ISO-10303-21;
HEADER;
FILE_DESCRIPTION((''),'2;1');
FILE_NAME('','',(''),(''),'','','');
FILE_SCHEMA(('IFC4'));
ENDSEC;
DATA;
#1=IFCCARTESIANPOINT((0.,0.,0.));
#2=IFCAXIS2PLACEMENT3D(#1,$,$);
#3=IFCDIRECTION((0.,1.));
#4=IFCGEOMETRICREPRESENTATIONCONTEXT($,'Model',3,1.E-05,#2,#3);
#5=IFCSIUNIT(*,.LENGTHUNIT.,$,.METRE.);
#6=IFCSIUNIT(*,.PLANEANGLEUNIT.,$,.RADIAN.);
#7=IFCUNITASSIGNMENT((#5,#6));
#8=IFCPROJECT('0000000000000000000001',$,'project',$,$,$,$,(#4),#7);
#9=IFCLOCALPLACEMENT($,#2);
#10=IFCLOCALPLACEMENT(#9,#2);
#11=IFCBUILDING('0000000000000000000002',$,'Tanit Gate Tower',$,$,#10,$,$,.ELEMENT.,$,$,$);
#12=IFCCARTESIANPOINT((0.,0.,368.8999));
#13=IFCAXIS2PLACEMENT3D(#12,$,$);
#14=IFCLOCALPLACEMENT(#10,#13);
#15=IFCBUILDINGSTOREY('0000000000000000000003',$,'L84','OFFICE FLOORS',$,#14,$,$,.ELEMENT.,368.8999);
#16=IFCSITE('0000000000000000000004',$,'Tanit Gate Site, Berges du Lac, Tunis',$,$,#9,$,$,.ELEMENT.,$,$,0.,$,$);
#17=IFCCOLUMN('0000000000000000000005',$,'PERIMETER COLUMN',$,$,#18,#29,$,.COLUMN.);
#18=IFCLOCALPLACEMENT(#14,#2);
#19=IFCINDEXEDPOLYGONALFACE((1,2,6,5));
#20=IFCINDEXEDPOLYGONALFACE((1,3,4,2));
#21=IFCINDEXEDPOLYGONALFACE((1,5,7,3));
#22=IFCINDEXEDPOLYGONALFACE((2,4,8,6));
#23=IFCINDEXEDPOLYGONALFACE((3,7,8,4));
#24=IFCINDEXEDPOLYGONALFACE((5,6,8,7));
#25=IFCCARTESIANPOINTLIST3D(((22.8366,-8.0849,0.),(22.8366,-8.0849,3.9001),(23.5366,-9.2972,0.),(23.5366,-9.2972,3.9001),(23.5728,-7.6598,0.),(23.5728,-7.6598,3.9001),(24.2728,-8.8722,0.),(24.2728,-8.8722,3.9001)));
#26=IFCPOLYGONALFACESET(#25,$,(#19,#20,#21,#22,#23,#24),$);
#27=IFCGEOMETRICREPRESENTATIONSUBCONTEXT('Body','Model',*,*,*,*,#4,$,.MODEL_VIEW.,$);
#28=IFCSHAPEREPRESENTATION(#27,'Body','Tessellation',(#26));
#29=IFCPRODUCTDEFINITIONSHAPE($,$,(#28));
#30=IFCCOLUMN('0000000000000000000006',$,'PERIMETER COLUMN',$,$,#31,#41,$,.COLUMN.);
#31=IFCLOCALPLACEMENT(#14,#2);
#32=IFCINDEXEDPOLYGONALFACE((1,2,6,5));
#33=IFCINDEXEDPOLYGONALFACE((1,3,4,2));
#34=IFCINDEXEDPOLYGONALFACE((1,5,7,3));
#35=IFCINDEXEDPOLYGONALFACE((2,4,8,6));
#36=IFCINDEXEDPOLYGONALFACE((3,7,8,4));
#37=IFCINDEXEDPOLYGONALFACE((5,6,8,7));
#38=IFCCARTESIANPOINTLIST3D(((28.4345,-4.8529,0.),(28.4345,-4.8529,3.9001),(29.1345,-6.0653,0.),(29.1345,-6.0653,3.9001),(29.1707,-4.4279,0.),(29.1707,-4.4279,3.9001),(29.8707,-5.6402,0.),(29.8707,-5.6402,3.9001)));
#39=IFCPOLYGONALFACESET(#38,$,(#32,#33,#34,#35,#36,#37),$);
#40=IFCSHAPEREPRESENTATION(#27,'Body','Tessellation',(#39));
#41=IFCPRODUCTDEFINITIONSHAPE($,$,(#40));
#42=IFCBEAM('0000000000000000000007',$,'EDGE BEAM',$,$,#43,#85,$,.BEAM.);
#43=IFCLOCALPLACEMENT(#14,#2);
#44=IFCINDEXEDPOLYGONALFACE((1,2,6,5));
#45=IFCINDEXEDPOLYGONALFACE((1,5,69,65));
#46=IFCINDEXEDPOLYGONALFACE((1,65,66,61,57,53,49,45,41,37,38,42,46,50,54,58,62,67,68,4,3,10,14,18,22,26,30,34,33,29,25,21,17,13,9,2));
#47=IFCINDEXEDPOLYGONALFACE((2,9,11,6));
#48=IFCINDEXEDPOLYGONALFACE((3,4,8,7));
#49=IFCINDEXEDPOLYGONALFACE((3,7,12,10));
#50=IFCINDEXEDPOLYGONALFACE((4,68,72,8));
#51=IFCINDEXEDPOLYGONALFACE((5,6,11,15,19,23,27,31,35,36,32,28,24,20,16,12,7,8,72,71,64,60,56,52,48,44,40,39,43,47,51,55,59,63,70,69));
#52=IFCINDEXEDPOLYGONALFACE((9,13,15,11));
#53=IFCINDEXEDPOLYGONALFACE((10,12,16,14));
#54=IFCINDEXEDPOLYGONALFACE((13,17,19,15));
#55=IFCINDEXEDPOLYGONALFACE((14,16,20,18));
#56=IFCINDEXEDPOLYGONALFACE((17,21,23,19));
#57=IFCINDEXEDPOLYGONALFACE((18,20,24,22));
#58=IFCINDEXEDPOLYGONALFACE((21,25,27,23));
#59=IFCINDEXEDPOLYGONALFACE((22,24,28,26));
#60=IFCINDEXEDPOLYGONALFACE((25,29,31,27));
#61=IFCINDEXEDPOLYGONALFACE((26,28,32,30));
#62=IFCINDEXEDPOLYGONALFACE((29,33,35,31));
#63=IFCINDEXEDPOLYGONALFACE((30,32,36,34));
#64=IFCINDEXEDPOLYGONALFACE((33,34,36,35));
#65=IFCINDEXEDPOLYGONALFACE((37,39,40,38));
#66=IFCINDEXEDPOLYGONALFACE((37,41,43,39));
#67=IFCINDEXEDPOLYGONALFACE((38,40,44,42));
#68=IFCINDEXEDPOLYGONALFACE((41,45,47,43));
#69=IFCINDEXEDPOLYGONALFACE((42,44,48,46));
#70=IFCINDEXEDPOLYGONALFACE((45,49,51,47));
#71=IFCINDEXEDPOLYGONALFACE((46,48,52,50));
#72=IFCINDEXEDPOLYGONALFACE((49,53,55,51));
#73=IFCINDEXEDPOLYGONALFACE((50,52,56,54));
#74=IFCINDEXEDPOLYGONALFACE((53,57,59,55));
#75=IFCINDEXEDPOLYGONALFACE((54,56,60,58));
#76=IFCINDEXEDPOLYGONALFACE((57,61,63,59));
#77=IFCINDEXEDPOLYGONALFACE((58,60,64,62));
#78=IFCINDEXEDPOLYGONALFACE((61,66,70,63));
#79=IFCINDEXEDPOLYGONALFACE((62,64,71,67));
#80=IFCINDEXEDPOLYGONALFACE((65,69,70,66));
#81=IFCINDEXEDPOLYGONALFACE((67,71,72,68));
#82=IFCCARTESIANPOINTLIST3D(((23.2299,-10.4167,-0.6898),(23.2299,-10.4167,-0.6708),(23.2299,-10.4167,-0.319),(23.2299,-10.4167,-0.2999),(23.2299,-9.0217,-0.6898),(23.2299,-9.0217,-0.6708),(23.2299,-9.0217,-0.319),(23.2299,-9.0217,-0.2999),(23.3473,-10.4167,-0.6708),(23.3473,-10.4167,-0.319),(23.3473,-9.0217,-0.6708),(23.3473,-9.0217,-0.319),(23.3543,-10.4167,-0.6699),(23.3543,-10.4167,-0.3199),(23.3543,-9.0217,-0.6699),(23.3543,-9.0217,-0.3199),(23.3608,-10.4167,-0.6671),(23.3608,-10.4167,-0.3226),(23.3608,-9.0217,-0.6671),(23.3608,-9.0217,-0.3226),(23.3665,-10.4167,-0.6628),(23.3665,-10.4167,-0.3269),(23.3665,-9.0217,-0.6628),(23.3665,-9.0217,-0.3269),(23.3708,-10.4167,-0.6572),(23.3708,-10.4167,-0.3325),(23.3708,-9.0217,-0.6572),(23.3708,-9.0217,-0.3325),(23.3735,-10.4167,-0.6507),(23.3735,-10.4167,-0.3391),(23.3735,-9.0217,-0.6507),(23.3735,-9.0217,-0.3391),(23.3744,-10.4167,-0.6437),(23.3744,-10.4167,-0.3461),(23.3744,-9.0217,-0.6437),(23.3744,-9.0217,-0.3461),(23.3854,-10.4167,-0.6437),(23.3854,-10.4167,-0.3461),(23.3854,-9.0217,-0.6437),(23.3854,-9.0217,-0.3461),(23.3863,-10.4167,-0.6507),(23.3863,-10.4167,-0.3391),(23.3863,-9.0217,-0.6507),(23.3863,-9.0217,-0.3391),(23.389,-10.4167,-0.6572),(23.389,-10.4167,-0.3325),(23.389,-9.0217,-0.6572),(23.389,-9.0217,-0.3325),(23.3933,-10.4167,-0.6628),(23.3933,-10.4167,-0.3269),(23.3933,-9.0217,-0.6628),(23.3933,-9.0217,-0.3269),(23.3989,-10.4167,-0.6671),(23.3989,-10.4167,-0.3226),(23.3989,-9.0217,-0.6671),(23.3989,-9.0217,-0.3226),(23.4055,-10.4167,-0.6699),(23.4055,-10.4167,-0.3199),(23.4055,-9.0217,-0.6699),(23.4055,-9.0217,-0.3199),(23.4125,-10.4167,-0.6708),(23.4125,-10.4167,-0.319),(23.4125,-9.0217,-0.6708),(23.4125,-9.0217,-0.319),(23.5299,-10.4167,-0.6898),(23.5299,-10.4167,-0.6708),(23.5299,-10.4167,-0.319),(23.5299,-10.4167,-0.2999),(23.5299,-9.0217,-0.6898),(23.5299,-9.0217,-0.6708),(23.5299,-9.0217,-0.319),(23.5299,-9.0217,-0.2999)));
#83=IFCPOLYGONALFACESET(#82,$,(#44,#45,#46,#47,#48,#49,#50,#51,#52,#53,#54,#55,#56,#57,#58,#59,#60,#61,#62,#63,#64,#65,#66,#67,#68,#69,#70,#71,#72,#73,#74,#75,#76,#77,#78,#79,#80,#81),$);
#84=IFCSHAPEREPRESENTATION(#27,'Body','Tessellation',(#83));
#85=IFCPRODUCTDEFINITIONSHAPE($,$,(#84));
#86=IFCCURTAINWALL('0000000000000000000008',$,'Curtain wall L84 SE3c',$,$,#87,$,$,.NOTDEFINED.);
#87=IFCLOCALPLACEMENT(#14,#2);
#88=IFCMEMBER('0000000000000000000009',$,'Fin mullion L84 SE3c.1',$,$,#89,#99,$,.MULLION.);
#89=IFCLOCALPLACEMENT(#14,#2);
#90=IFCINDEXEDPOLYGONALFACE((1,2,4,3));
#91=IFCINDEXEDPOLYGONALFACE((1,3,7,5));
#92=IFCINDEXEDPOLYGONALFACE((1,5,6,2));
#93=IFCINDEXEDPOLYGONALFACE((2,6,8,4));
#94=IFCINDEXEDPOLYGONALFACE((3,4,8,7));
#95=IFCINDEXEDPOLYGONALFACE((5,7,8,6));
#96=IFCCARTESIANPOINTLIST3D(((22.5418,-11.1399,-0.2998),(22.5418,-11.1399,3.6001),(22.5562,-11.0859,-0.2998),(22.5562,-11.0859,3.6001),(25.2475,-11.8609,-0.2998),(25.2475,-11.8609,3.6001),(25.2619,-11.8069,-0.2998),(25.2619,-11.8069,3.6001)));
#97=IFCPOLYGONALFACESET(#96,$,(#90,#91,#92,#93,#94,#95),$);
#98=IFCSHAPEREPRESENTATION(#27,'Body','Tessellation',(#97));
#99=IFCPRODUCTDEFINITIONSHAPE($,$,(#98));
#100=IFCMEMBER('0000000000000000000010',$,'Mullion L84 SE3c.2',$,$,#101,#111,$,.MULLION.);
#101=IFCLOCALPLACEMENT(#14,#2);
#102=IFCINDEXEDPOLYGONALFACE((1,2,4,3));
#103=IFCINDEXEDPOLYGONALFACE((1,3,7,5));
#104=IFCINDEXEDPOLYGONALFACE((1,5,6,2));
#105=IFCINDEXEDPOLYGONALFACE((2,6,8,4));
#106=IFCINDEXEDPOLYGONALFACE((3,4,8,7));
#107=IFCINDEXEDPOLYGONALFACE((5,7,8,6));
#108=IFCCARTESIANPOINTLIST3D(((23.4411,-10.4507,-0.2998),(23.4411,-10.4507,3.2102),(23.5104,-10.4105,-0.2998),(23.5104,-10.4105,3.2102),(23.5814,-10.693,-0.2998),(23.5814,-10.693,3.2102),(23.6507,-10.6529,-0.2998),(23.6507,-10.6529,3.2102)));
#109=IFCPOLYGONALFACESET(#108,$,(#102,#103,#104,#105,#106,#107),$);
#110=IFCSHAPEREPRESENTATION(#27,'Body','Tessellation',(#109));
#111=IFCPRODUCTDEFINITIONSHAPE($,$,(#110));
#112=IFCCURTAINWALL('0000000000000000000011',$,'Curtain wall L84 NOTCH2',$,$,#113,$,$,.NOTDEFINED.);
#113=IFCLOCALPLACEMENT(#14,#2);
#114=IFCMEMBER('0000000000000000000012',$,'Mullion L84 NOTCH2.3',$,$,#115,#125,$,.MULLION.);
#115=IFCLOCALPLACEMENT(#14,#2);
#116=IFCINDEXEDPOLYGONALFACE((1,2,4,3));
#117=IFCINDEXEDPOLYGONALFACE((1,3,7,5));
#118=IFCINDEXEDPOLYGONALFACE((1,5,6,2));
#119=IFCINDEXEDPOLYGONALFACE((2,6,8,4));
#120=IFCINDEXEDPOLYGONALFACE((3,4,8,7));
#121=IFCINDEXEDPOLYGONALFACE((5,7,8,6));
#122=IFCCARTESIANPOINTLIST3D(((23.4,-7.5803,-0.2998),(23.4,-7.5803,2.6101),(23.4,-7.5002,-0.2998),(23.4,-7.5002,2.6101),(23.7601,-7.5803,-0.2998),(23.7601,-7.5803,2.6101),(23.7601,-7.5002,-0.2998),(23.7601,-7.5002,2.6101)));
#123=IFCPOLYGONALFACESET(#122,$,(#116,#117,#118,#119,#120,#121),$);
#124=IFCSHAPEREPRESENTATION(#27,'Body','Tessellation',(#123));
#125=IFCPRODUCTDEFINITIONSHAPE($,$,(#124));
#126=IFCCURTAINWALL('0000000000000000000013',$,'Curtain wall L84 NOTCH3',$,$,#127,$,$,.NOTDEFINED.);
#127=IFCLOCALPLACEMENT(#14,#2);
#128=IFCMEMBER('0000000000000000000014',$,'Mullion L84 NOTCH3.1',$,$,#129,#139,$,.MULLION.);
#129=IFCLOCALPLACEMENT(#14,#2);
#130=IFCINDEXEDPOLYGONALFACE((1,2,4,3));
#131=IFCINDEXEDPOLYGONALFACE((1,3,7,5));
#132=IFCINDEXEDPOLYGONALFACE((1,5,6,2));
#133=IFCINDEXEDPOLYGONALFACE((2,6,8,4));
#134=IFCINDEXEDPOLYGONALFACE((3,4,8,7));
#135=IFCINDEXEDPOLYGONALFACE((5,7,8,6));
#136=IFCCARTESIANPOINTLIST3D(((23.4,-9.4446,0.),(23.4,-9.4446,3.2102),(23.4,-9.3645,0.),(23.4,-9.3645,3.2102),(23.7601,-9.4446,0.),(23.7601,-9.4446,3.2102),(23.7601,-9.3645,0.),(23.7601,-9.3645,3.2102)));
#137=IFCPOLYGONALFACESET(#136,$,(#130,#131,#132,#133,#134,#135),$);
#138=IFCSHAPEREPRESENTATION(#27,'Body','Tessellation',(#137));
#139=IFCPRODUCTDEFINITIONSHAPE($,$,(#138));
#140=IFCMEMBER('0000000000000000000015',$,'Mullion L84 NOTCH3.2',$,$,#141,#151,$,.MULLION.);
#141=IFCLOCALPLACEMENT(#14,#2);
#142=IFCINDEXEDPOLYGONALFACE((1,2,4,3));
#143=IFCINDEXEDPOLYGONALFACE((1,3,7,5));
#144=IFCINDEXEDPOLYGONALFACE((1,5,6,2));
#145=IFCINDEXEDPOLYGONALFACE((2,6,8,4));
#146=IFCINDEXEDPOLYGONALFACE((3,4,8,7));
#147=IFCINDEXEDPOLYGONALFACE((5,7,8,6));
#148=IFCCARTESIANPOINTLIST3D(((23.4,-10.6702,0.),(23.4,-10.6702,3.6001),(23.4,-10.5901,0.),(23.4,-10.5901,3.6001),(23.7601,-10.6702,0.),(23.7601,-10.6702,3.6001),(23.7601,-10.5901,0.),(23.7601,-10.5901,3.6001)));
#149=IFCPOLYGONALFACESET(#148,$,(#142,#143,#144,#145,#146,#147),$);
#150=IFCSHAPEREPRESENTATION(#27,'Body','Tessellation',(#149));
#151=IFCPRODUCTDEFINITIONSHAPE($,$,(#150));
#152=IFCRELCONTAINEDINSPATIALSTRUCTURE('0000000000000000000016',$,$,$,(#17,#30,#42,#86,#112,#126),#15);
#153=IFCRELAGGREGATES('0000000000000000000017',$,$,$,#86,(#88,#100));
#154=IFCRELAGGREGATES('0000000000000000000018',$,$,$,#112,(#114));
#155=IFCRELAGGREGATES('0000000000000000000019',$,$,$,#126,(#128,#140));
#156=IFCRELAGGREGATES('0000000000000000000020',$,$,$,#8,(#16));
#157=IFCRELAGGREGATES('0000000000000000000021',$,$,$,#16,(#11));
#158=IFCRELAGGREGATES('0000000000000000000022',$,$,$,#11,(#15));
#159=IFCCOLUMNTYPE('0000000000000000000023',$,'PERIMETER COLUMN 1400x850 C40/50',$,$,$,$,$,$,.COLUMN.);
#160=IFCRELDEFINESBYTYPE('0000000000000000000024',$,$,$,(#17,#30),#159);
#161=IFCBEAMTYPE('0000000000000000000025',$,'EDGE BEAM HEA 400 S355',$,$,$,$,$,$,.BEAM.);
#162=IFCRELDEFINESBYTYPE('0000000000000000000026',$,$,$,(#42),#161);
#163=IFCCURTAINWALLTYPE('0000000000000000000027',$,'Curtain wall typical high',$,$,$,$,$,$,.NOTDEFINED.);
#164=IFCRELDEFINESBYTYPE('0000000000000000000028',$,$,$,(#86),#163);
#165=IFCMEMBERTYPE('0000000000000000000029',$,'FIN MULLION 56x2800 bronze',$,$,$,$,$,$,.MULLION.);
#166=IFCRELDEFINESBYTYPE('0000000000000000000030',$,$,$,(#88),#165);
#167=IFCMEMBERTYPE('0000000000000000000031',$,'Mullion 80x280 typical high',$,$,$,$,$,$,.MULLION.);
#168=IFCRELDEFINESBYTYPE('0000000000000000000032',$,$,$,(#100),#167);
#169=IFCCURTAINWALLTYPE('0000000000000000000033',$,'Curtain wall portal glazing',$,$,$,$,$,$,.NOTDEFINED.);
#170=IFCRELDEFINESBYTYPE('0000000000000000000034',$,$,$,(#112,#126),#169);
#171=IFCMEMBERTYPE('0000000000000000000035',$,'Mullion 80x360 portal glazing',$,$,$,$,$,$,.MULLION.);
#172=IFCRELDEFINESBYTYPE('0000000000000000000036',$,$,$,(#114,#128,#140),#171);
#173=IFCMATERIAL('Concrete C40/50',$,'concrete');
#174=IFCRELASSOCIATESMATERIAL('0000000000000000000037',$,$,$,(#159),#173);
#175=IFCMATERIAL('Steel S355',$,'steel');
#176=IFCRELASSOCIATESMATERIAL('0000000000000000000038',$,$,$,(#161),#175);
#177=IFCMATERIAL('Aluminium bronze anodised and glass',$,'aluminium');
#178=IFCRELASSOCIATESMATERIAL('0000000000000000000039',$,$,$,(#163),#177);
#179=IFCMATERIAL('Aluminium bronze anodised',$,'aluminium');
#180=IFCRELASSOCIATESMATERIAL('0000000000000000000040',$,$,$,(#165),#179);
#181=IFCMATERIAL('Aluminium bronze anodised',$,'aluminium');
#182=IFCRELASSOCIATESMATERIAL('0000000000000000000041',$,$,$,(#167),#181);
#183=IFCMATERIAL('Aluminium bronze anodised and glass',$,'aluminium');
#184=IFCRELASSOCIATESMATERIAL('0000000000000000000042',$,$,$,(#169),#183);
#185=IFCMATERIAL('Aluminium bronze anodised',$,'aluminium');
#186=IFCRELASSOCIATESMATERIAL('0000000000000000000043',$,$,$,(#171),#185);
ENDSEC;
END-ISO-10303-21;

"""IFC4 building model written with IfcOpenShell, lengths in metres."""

from ifc_helpers import new_model, si_unit, direction, frame, origin, origin_2d, place, context, subcontext, project, spatial, rectangle, i_section, extrude, material, material_profile, profile_set, type_object, element, aggregate, save


model = new_model("IFC4")

# Units and contexts
model_context = context("Model", 3, precision=1e-05, world=origin(), true_north=direction((0.0, 1.0)))
body_context = subcontext(model_context, "Body", "Model", "MODEL_VIEW")
ifc_project = project(units=[si_unit("LENGTHUNIT", "METRE"), si_unit("PLANEANGLEUNIT", "RADIAN")], contexts=[model_context])

# Site, building, storey
site_placement = place(None, origin())
site = spatial("IfcSite", under=ifc_project, at=site_placement, Name="Tanit Gate Site, Berges du Lac, Tunis", CompositionType="ELEMENT", RefElevation=0.0)
building_placement = place(site_placement, origin())
building = spatial("IfcBuilding", under=site, at=building_placement, Name="Tanit Gate Tower", CompositionType="ELEMENT")
storey_placement = place(building_placement, frame((0.0, 0.0, 368.8999)))
storey = spatial("IfcBuildingStorey", under=building, at=storey_placement, Name="L84", Description="OFFICE FLOORS", CompositionType="ELEMENT", Elevation=368.8999)

# Columns
ifc_material_1 = material(Name="Concrete C40/50", Category="concrete")
ifc_material_profile_1 = material_profile(ifc_material_1, rectangle(XDim=1.3999, YDim=0.8501, at=origin_2d()), Name="RC 1400x850")
ifc_profile_set_1 = profile_set([ifc_material_profile_1], Name="Concrete C40/50")
column_type = type_object("IfcColumnType", Name="PERIMETER COLUMN 1400x850 C40/50", PredefinedType="COLUMN", material=ifc_profile_set_1)
for number, where, z_axis, x_axis, name in (
    (1, (23.5547, -8.4785, 0.0), (0.0, 0.0, 1.0), (0.5, -0.866025, 0.0), "PERIMETER COLUMN"),
    (2, (29.1526, -5.2466, 0.0), (0.0, 0.0, 1.0), (0.5, -0.866025, 0.0), "PERIMETER COLUMN"),
):
    element("IfcColumn", number, at=place(storey_placement, frame(where, z_axis=z_axis, x_axis=x_axis)), inside=storey, type_object=column_type, Name=name, PredefinedType="COLUMN", context=body_context, shape_type="SweptSolid", body=[
        extrude(rectangle(XDim=1.3999, YDim=0.8501, at=origin_2d()), origin(), (0.0, 0.0, 1.0), 3.9001),
    ])

# Beam
ifc_material_2 = material(Name="Steel S355", Category="steel")
ifc_material_profile_2 = material_profile(ifc_material_2, i_section(OverallWidth=0.3, OverallDepth=0.3899, WebThickness=0.011, FlangeThickness=0.019, FilletRadius=0.0271, at=origin_2d()), Name="HEA 400")
ifc_profile_set_2 = profile_set([ifc_material_profile_2], Name="Steel S355")
beam_type_1 = type_object("IfcBeamType", Name="EDGE BEAM HEA 400 S355", PredefinedType="BEAM", material=ifc_profile_set_2)
beam_1_placement = place(storey_placement, frame((23.3799, -9.0217, -0.4949), z_axis=(0.0, -1.0, 0.0), x_axis=(1.0, 0.0, 0.0)))
element("IfcBeam", 3, at=beam_1_placement, inside=storey, type_object=beam_type_1, Name="EDGE BEAM", PredefinedType="BEAM", context=body_context, shape_type="SweptSolid", body=[
    extrude(i_section(OverallWidth=0.3, OverallDepth=0.3899, WebThickness=0.011, FlangeThickness=0.019, FilletRadius=0.0271, at=origin_2d()), origin(), (0.0, 0.0, 1.0), 1.395),
])

# Curtain wall, members
ifc_material_3 = material(Name="Aluminium bronze anodised and glass", Category="aluminium")
curtain_wall_type_1 = type_object("IfcCurtainWallType", Name="Curtain wall typical high", PredefinedType="NOTDEFINED", material=ifc_material_3)
curtain_wall_1_placement = place(storey_placement, origin())
curtain_wall_1 = element("IfcCurtainWall", 4, at=curtain_wall_1_placement, inside=storey, type_object=curtain_wall_type_1, Name="Curtain wall L84 SE3c", PredefinedType="NOTDEFINED")
ifc_material_4 = material(Name="Aluminium bronze anodised", Category="aluminium")
ifc_material_profile_3 = material_profile(ifc_material_4, rectangle(XDim=2.8, YDim=0.0559, at=origin_2d()), Name="56x2800 bronze fin mullion")
ifc_profile_set_3 = profile_set([ifc_material_profile_3], Name="Aluminium bronze anodised")
member_type_1 = type_object("IfcMemberType", Name="FIN MULLION 56x2800 bronze", PredefinedType="MULLION", material=ifc_profile_set_3)
member_1_placement = place(storey_placement, frame((23.9019, -11.4734, -0.2998), z_axis=(0.0, 0.0, 1.0), x_axis=(-0.96628, 0.257494, 0.0)))
member_1 = element("IfcMember", 5, at=member_1_placement, type_object=member_type_1, Name="Fin mullion L84 SE3c.1", PredefinedType="MULLION", context=body_context, shape_type="SweptSolid", body=[
    extrude(rectangle(XDim=2.8, YDim=0.0559, at=origin_2d()), origin(), (0.0, 0.0, 1.0), 3.8999),
])
ifc_material_5 = material(Name="Aluminium bronze anodised", Category="aluminium")
ifc_material_profile_4 = material_profile(ifc_material_5, rectangle(XDim=0.28, YDim=0.0801, at=origin_2d()), Name="80x280 bronze mullion")
ifc_profile_set_4 = profile_set([ifc_material_profile_4], Name="Aluminium bronze anodised")
member_type_2 = type_object("IfcMemberType", Name="Mullion 80x280 typical high", PredefinedType="MULLION", material=ifc_profile_set_4)
member_2_placement = place(storey_placement, frame((23.5459, -10.5518, -0.2998), z_axis=(0.0, 0.0, 1.0), x_axis=(-0.501188, 0.865339, 0.0)))
member_2 = element("IfcMember", 6, at=member_2_placement, type_object=member_type_2, Name="Mullion L84 SE3c.2", PredefinedType="MULLION", context=body_context, shape_type="SweptSolid", body=[
    extrude(rectangle(XDim=0.28, YDim=0.0801, at=origin_2d()), origin(), (0.0, 0.0, 1.0), 3.51),
])
aggregate(curtain_wall_1, [member_1, member_2])

# Curtain wall, member
ifc_material_6 = material(Name="Aluminium bronze anodised and glass", Category="aluminium")
curtain_wall_type_2 = type_object("IfcCurtainWallType", Name="Curtain wall portal glazing", PredefinedType="NOTDEFINED", material=ifc_material_6)
curtain_wall_2_placement = place(storey_placement, origin())
curtain_wall_2 = element("IfcCurtainWall", 7, at=curtain_wall_2_placement, inside=storey, type_object=curtain_wall_type_2, Name="Curtain wall L84 NOTCH2", PredefinedType="NOTDEFINED")
ifc_material_7 = material(Name="Aluminium bronze anodised", Category="aluminium")
ifc_material_profile_5 = material_profile(ifc_material_7, rectangle(XDim=0.3601, YDim=0.0801, at=origin_2d()), Name="80x360 bronze mullion")
ifc_profile_set_5 = profile_set([ifc_material_profile_5], Name="Aluminium bronze anodised")
member_type_3 = type_object("IfcMemberType", Name="Mullion 80x360 portal glazing", PredefinedType="MULLION", material=ifc_profile_set_5)
member_3_placement = place(storey_placement, frame((23.5801, -7.5403, -0.2998), z_axis=(0.0, 0.0, 1.0), x_axis=(1.0, 0.0, 0.0)))
member_3 = element("IfcMember", 8, at=member_3_placement, type_object=member_type_3, Name="Mullion L84 NOTCH2.3", PredefinedType="MULLION", context=body_context, shape_type="SweptSolid", body=[
    extrude(rectangle(XDim=0.3601, YDim=0.0801, at=origin_2d()), origin(), (0.0, 0.0, 1.0), 2.9099),
])

# Curtain wall, members
curtain_wall_3_placement = place(storey_placement, origin())
curtain_wall_3 = element("IfcCurtainWall", 9, at=curtain_wall_3_placement, inside=storey, type_object=curtain_wall_type_2, Name="Curtain wall L84 NOTCH3", PredefinedType="NOTDEFINED")
member_4_placement = place(storey_placement, frame((23.5801, -9.4045, 0.0), z_axis=(0.0, 0.0, 1.0), x_axis=(1.0, 0.0, 0.0)))
member_4 = element("IfcMember", 10, at=member_4_placement, type_object=member_type_3, Name="Mullion L84 NOTCH3.1", PredefinedType="MULLION", context=body_context, shape_type="SweptSolid", body=[
    extrude(rectangle(XDim=0.3601, YDim=0.0801, at=origin_2d()), origin(), (0.0, 0.0, 1.0), 3.2102),
])
member_5_placement = place(storey_placement, frame((23.5801, -10.6301, 0.0), z_axis=(0.0, 0.0, 1.0), x_axis=(1.0, 0.0, 0.0)))
member_5 = element("IfcMember", 11, at=member_5_placement, type_object=member_type_3, Name="Mullion L84 NOTCH3.2", PredefinedType="MULLION", context=body_context, shape_type="SweptSolid", body=[
    extrude(rectangle(XDim=0.3601, YDim=0.0801, at=origin_2d()), origin(), (0.0, 0.0, 1.0), 3.6001),
])

aggregate(curtain_wall_2, [member_3])
aggregate(curtain_wall_3, [member_4, member_5])

save(model, "model.ifc")
